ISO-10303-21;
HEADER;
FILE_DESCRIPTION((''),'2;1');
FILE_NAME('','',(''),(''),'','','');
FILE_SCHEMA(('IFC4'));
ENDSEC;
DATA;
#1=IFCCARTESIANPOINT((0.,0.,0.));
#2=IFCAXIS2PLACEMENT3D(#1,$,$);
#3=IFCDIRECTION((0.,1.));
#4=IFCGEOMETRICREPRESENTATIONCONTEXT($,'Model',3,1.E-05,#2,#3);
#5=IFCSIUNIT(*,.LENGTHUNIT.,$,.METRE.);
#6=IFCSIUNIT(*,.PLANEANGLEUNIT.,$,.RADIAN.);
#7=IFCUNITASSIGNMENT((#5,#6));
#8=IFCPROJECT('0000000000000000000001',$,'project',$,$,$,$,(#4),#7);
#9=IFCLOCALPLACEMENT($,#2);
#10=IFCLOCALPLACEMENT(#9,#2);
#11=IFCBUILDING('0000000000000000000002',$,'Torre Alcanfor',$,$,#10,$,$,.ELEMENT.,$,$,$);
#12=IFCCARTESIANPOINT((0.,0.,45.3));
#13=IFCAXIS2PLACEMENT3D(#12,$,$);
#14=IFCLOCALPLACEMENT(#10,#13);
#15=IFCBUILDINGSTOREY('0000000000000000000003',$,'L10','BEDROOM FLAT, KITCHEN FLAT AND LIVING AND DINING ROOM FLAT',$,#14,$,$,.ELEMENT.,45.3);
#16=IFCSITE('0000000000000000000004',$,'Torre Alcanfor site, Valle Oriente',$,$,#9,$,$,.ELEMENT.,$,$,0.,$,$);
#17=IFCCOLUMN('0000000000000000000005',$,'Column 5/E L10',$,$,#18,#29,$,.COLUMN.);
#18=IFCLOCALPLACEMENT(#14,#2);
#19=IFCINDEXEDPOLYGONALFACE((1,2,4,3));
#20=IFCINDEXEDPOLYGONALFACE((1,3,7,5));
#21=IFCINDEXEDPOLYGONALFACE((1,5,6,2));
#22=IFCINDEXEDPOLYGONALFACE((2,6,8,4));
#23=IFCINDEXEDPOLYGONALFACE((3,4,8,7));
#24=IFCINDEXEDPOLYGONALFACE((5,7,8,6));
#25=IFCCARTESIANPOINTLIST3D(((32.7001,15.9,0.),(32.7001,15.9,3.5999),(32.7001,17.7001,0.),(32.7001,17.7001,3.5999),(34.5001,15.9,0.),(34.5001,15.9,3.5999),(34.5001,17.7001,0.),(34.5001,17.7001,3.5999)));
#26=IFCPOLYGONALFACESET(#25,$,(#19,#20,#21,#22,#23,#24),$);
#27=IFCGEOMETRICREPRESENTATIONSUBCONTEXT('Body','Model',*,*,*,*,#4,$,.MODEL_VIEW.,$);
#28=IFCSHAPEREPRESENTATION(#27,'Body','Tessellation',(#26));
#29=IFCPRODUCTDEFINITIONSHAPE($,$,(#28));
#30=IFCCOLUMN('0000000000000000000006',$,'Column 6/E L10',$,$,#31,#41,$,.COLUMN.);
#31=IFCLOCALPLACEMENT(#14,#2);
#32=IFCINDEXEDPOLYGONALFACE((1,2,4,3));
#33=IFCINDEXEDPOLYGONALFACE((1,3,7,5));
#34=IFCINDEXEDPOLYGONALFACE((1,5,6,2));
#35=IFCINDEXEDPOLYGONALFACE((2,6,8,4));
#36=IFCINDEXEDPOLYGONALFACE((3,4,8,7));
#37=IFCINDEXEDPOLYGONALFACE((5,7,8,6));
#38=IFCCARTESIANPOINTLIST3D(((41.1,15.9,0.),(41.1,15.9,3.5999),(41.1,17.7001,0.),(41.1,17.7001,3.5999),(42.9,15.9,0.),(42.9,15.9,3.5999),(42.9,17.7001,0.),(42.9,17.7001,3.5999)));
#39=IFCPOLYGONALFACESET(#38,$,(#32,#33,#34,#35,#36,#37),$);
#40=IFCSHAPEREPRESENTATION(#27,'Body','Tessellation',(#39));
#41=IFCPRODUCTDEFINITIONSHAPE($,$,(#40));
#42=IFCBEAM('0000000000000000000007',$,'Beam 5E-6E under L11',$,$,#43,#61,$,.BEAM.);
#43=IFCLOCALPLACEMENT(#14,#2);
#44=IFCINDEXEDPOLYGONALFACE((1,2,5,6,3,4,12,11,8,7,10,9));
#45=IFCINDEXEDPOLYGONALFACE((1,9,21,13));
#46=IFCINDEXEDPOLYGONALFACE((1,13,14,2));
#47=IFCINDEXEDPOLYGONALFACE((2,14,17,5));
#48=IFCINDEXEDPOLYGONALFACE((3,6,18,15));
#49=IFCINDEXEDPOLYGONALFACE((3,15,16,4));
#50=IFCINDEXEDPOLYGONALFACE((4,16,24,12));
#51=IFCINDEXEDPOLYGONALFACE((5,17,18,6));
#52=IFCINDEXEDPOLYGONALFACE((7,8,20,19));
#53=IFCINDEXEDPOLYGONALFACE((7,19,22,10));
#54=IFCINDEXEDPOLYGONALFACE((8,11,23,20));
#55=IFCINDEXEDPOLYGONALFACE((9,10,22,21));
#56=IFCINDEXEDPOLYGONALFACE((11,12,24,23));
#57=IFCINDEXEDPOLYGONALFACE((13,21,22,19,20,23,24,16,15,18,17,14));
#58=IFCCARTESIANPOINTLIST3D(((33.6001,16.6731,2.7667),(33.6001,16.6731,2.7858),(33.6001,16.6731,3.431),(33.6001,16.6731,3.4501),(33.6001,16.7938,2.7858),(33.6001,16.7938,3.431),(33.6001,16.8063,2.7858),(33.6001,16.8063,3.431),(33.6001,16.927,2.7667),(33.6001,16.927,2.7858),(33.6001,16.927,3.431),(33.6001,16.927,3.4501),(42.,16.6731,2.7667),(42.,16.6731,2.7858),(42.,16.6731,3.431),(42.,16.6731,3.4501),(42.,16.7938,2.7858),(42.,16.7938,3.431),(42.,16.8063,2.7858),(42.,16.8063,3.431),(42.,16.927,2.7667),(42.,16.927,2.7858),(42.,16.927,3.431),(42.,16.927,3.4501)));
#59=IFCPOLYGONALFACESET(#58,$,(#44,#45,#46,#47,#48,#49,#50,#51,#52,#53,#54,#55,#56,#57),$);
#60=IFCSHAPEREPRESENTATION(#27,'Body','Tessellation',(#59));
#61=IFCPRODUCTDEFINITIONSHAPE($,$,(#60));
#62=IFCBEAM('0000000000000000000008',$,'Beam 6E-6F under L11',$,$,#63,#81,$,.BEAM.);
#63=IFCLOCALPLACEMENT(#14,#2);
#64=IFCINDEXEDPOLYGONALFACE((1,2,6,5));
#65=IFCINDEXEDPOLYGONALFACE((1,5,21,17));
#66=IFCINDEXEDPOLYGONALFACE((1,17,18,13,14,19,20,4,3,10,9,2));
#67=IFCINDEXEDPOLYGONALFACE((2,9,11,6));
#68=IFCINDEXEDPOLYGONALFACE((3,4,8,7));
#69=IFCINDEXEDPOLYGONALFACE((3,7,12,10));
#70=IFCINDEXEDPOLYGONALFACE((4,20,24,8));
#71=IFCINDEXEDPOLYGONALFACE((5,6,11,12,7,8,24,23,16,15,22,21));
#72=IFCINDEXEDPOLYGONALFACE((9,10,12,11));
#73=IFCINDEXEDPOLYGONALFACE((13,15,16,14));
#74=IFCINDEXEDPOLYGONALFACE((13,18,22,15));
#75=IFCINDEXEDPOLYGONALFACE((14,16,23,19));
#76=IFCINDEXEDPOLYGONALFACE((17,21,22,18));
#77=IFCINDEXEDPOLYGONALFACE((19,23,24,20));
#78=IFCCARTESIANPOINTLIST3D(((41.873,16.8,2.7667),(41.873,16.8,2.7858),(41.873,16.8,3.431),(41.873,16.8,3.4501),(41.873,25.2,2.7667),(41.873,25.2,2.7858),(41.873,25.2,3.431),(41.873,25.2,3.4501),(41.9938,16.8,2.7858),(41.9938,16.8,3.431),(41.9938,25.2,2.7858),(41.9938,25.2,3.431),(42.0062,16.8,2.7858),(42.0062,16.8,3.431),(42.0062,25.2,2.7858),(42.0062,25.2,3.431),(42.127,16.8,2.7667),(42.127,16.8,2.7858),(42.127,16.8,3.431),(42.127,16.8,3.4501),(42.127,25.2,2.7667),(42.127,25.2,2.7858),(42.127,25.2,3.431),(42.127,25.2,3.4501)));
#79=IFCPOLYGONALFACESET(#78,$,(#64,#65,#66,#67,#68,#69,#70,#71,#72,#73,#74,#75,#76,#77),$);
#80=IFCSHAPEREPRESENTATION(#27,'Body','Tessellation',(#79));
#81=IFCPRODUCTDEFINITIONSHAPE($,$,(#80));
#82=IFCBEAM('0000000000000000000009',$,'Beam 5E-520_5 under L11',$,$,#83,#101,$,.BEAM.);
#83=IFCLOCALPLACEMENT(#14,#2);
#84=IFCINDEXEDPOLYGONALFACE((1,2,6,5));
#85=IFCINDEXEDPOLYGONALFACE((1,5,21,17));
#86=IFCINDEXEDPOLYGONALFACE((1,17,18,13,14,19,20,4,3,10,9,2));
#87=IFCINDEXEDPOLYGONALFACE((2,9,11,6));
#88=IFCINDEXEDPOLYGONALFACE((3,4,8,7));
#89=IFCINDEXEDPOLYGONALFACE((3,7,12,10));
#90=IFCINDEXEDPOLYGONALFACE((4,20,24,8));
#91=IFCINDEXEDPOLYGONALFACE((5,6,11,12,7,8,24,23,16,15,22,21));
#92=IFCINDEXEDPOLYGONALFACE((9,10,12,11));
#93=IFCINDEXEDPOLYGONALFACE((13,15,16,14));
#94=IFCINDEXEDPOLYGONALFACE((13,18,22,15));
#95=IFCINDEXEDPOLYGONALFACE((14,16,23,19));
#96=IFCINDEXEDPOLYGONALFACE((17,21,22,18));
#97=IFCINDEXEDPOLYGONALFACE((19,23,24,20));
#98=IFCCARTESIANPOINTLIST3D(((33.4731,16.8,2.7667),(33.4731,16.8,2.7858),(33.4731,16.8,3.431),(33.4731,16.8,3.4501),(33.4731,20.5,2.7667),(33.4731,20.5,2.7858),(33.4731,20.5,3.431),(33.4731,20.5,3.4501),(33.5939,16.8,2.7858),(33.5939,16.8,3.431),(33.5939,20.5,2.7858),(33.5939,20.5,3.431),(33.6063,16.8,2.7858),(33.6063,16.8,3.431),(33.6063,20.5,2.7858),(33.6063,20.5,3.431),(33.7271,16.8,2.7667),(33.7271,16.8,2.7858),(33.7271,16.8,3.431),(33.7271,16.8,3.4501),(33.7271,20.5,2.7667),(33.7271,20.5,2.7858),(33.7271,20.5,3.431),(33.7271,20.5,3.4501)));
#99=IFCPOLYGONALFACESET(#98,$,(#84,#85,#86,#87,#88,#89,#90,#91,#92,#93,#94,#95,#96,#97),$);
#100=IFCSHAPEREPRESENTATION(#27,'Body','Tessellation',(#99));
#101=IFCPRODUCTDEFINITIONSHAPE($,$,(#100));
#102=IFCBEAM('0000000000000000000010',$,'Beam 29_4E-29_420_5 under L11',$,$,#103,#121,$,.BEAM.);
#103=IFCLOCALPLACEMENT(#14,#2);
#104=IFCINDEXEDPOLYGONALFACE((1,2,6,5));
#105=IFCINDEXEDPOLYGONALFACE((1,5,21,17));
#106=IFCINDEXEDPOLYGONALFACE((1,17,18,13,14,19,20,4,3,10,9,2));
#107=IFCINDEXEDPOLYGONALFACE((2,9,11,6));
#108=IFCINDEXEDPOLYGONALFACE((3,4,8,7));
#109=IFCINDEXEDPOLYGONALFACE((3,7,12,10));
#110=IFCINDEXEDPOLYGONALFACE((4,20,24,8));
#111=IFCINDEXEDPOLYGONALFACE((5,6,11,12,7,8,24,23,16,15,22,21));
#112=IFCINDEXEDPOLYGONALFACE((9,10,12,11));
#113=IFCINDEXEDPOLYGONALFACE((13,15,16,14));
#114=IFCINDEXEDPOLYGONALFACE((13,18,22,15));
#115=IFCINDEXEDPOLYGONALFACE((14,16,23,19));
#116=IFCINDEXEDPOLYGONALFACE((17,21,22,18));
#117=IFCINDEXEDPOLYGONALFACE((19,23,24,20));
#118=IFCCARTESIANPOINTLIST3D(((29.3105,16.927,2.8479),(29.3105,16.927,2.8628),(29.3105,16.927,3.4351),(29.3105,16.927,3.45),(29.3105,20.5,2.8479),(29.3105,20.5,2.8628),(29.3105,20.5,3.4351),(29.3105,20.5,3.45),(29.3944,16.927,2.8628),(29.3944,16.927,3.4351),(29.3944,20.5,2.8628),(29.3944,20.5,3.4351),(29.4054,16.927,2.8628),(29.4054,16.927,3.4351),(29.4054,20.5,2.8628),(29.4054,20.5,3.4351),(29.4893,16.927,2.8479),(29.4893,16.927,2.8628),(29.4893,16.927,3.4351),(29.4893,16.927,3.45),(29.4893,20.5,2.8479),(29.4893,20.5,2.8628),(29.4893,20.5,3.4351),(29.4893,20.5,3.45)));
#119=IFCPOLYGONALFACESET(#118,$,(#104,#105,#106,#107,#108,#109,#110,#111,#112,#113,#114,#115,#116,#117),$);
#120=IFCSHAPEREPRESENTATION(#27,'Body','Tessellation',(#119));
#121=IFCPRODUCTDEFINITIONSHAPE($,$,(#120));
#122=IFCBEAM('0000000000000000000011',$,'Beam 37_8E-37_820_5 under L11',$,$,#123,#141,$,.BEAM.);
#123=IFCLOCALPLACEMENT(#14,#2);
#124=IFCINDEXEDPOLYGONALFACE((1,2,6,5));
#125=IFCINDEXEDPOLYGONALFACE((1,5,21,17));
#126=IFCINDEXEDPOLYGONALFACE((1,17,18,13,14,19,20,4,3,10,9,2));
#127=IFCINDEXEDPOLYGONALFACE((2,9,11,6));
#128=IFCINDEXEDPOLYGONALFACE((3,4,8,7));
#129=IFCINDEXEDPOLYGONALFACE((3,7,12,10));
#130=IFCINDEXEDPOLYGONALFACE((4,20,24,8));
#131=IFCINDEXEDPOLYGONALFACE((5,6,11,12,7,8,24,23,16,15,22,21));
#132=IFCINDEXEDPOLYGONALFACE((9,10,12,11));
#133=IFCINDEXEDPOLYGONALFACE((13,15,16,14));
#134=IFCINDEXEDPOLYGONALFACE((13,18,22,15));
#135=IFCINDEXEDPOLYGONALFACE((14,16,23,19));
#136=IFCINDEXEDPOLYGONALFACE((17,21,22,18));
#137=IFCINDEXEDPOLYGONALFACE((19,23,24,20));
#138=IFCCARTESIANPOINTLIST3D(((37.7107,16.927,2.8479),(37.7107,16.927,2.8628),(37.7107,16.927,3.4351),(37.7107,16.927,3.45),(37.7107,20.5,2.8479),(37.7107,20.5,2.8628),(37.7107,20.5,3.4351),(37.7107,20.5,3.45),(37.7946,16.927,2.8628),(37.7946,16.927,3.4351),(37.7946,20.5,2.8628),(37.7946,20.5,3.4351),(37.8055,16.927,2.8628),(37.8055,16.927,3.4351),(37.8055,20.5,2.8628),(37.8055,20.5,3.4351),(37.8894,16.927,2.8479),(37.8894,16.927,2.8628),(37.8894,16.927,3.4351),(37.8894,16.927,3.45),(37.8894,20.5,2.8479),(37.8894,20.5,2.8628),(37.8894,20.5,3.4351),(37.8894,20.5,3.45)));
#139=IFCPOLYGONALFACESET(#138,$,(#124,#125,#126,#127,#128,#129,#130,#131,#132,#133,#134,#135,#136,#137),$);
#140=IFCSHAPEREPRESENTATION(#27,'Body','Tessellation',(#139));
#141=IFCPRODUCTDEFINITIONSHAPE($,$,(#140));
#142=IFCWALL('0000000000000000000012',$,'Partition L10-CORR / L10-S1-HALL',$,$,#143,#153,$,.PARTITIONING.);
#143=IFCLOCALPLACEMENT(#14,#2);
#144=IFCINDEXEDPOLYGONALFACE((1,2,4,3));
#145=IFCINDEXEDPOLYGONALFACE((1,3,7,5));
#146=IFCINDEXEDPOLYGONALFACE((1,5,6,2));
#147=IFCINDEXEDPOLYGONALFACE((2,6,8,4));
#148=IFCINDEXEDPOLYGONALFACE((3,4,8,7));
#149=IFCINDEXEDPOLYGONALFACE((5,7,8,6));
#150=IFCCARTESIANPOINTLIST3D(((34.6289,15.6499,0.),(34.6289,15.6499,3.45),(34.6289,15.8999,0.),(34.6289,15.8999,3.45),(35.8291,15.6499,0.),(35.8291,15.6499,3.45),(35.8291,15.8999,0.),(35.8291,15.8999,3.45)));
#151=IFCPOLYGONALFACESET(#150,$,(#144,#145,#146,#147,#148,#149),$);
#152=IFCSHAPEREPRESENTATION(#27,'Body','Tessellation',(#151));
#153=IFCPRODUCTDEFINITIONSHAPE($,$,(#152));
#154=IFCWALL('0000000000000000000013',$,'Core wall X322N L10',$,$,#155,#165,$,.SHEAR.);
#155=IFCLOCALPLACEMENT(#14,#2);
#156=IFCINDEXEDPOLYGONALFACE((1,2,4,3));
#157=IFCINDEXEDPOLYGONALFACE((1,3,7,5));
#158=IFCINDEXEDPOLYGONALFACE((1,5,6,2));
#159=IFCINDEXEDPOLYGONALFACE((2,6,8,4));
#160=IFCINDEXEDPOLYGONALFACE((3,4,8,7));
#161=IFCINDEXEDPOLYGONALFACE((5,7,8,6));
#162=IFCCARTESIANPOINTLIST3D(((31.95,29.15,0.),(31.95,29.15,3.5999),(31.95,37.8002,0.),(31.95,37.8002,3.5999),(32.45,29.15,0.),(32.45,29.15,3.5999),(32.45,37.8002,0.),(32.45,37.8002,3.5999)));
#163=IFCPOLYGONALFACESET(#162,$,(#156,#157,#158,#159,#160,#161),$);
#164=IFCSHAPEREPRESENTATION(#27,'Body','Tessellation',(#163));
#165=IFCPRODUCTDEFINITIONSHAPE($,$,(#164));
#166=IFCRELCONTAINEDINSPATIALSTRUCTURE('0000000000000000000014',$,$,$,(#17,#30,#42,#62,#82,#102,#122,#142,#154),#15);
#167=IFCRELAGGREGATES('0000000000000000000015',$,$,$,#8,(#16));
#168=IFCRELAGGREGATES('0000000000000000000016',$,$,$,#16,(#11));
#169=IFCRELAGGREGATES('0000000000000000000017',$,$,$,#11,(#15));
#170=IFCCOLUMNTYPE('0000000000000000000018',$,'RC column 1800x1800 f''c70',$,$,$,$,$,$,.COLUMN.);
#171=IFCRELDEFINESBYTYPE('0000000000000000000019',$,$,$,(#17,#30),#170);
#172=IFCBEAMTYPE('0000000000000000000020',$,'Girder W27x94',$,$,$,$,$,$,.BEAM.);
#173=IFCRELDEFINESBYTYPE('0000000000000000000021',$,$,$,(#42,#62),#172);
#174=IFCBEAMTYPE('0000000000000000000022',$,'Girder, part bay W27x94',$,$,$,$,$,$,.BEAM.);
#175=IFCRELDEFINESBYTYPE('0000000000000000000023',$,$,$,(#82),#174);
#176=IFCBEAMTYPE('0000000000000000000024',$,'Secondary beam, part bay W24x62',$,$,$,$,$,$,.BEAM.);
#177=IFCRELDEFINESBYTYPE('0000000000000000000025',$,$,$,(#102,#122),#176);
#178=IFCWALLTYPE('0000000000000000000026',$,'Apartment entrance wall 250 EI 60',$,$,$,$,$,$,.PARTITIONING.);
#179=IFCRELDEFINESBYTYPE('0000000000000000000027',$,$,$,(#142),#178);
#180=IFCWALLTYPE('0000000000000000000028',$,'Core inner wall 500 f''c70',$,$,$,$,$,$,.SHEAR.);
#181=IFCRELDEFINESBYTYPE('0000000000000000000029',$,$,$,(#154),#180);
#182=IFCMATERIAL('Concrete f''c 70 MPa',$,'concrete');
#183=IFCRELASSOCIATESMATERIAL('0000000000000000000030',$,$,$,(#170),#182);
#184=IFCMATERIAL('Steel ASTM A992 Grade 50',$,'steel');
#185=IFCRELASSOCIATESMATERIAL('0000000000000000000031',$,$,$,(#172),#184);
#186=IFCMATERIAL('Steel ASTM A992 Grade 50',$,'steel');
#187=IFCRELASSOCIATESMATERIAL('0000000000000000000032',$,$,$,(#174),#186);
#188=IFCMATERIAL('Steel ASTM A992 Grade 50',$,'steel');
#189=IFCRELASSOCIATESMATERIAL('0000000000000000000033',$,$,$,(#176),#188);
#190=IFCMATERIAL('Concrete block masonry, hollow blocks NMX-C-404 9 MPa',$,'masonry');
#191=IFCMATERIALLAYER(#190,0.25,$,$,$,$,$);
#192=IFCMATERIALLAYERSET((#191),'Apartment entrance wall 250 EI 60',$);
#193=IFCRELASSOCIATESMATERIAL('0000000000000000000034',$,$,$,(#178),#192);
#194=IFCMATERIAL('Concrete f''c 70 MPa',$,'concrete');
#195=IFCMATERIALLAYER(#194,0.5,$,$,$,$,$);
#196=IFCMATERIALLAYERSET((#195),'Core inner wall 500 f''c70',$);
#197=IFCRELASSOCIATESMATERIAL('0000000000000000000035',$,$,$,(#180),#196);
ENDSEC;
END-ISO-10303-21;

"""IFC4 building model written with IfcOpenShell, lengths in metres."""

from ifc_helpers import new_model, si_unit, direction, frame, frame_2d, origin, origin_2d, place, context, subcontext, project, spatial, rectangle, i_section, extrude, material, layer, layer_set, material_profile, profile_set, type_object, element, save


model = new_model("IFC4")

# Units and contexts
model_context = context("Model", 3, precision=1e-05, world=origin(), true_north=direction((0.0, 1.0)))
body_context = subcontext(model_context, "Body", "Model", "MODEL_VIEW")
ifc_project = project(units=[si_unit("LENGTHUNIT", "METRE"), si_unit("PLANEANGLEUNIT", "RADIAN")], contexts=[model_context])

# Site, building, storey
site_placement = place(None, origin())
site = spatial("IfcSite", under=ifc_project, at=site_placement, Name="Torre Alcanfor site, Valle Oriente", CompositionType="ELEMENT", RefElevation=0.0)
building_placement = place(site_placement, origin())
building = spatial("IfcBuilding", under=site, at=building_placement, Name="Torre Alcanfor", CompositionType="ELEMENT")
storey_placement = place(building_placement, frame((0.0, 0.0, 45.3)))
storey = spatial("IfcBuildingStorey", under=building, at=storey_placement, Name="L10", Description="BEDROOM FLAT, KITCHEN FLAT AND LIVING AND DINING ROOM FLAT", CompositionType="ELEMENT", Elevation=45.3)

# Columns
ifc_material_1 = material(Name="Concrete f'c 70 MPa", Category="concrete")
ifc_material_profile_1 = material_profile(ifc_material_1, rectangle(XDim=1.8, YDim=1.8, at=origin_2d()), Name="1800x1800")
ifc_profile_set_1 = profile_set([ifc_material_profile_1], Name="Concrete f'c 70 MPa")
column_type = type_object("IfcColumnType", Name="RC column 1800x1800 f'c70", PredefinedType="COLUMN", material=ifc_profile_set_1)
for number, where, z_axis, x_axis, name in (
    (1, (33.6001, 16.8, 0.0), (0.0, 0.0, 1.0), (1.0, 0.0, 0.0), "Column 5/E L10"),
    (2, (42.0, 16.8, 0.0), (0.0, 0.0, 1.0), (1.0, 0.0, 0.0), "Column 6/E L10"),
):
    element("IfcColumn", number, at=place(storey_placement, frame(where, z_axis=z_axis, x_axis=x_axis)), inside=storey, type_object=column_type, Name=name, PredefinedType="COLUMN", context=body_context, shape_type="SweptSolid", body=[
        extrude(rectangle(XDim=1.8, YDim=1.8, at=origin_2d()), origin(), (0.0, 0.0, 1.0), 3.5999),
    ])

# Beams
ifc_material_2 = material(Name="Steel ASTM A992 Grade 50", Category="steel")
ifc_material_profile_2 = material_profile(ifc_material_2, i_section(OverallWidth=0.2539, OverallDepth=0.6833, WebThickness=0.0125, FlangeThickness=0.019, at=origin_2d()), Name="W27x94")
ifc_profile_set_2 = profile_set([ifc_material_profile_2], Name="Steel ASTM A992 Grade 50")
beam_type_1 = type_object("IfcBeamType", Name="Girder W27x94", PredefinedType="BEAM", material=ifc_profile_set_2)
for number, where, z_axis, x_axis, name in (
    (3, (33.6001, 16.8, 3.1084), (1.0, 0.0, 0.0), (0.0, 1.0, 0.0), "Beam 5E-6E under L11"),
    (4, (42.0, 16.8, 3.1084), (0.0, 1.0, 0.0), (-1.0, 0.0, 0.0), "Beam 6E-6F under L11"),
):
    element("IfcBeam", number, at=place(storey_placement, frame(where, z_axis=z_axis, x_axis=x_axis)), inside=storey, type_object=beam_type_1, Name=name, PredefinedType="BEAM", context=body_context, shape_type="SweptSolid", body=[
        extrude(i_section(OverallWidth=0.2539, OverallDepth=0.6833, WebThickness=0.0125, FlangeThickness=0.019, at=origin_2d()), origin(), (0.0, 0.0, 1.0), 8.3999),
    ])
ifc_material_3 = material(Name="Steel ASTM A992 Grade 50", Category="steel")
ifc_material_profile_3 = material_profile(ifc_material_3, i_section(OverallWidth=0.2539, OverallDepth=0.6833, WebThickness=0.0125, FlangeThickness=0.019, at=origin_2d()), Name="W27x94")
ifc_profile_set_3 = profile_set([ifc_material_profile_3], Name="Steel ASTM A992 Grade 50")
beam_type_2 = type_object("IfcBeamType", Name="Girder, part bay W27x94", PredefinedType="BEAM", material=ifc_profile_set_3)
beam_placement = place(storey_placement, frame((33.6001, 16.8, 3.1084), z_axis=(0.0, 1.0, 0.0), x_axis=(-1.0, 0.0, 0.0)))
element("IfcBeam", 5, at=beam_placement, inside=storey, type_object=beam_type_2, Name="Beam 5E-520_5 under L11", PredefinedType="BEAM", context=body_context, shape_type="SweptSolid", body=[
    extrude(i_section(OverallWidth=0.2539, OverallDepth=0.6833, WebThickness=0.0125, FlangeThickness=0.019, at=origin_2d()), origin(), (0.0, 0.0, 1.0), 3.7),
])
ifc_material_4 = material(Name="Steel ASTM A992 Grade 50", Category="steel")
ifc_material_profile_4 = material_profile(ifc_material_4, i_section(OverallWidth=0.1787, OverallDepth=0.6021, WebThickness=0.011, FlangeThickness=0.0149, at=origin_2d()), Name="W24x62")
ifc_profile_set_4 = profile_set([ifc_material_profile_4], Name="Steel ASTM A992 Grade 50")
beam_type_3 = type_object("IfcBeamType", Name="Secondary beam, part bay W24x62", PredefinedType="BEAM", material=ifc_profile_set_4)
for number, where, z_axis, x_axis, name in (
    (6, (29.3999, 16.927, 3.1489), (0.0, 1.0, 0.0), (-1.0, 0.0, 0.0), "Beam 29_4E-29_420_5 under L11"),
    (7, (37.8, 16.927, 3.1489), (0.0, 1.0, 0.0), (-1.0, 0.0, 0.0), "Beam 37_8E-37_820_5 under L11"),
):
    element("IfcBeam", number, at=place(storey_placement, frame(where, z_axis=z_axis, x_axis=x_axis)), inside=storey, type_object=beam_type_3, Name=name, PredefinedType="BEAM", context=body_context, shape_type="SweptSolid", body=[
        extrude(i_section(OverallWidth=0.1787, OverallDepth=0.6021, WebThickness=0.011, FlangeThickness=0.0149, at=origin_2d()), origin(), (0.0, 0.0, 1.0), 3.573),
    ])

# Walls
ifc_material_5 = material(Name="Concrete block masonry, hollow blocks NMX-C-404 9 MPa", Category="masonry")
ifc_layer_1 = layer(ifc_material_5, 0.25)
ifc_layer_set_1 = layer_set([ifc_layer_1], Name="Apartment entrance wall 250 EI 60")
wall_type_1 = type_object("IfcWallType", Name="Apartment entrance wall 250 EI 60", PredefinedType="PARTITIONING", material=ifc_layer_set_1)
wall_1_placement = place(storey_placement, frame((35.8291, 15.7749, 0.0), z_axis=(0.0, 0.0, 1.0), x_axis=(-1.0, 0.0, 0.0)))
element("IfcWall", 8, at=wall_1_placement, inside=storey, type_object=wall_type_1, Name="Partition L10-CORR / L10-S1-HALL", PredefinedType="PARTITIONING", context=body_context, shape_type="SweptSolid", body=[
    extrude(rectangle(XDim=1.2002, YDim=0.25, at=frame_2d((0.6001, 0.0))), origin(), (0.0, 0.0, 1.0), 3.45),
])
ifc_material_6 = material(Name="Concrete f'c 70 MPa", Category="concrete")
ifc_layer_2 = layer(ifc_material_6, 0.5)
ifc_layer_set_2 = layer_set([ifc_layer_2], Name="Core inner wall 500 f'c70")
wall_type_2 = type_object("IfcWallType", Name="Core inner wall 500 f'c70", PredefinedType="SHEAR", material=ifc_layer_set_2)
wall_2_placement = place(storey_placement, frame((32.2, 29.1499, 0.0), z_axis=(0.0, 0.0, 1.0), x_axis=(0.0, 1.0, 0.0)))
element("IfcWall", 9, at=wall_2_placement, inside=storey, type_object=wall_type_2, Name="Core wall X322N L10", PredefinedType="SHEAR", context=body_context, shape_type="SweptSolid", body=[
    extrude(rectangle(XDim=8.6501, YDim=0.5, at=frame_2d((4.3252, 0.0))), origin(), (0.0, 0.0, 1.0), 3.5999),
])

save(model, "model.ifc")
